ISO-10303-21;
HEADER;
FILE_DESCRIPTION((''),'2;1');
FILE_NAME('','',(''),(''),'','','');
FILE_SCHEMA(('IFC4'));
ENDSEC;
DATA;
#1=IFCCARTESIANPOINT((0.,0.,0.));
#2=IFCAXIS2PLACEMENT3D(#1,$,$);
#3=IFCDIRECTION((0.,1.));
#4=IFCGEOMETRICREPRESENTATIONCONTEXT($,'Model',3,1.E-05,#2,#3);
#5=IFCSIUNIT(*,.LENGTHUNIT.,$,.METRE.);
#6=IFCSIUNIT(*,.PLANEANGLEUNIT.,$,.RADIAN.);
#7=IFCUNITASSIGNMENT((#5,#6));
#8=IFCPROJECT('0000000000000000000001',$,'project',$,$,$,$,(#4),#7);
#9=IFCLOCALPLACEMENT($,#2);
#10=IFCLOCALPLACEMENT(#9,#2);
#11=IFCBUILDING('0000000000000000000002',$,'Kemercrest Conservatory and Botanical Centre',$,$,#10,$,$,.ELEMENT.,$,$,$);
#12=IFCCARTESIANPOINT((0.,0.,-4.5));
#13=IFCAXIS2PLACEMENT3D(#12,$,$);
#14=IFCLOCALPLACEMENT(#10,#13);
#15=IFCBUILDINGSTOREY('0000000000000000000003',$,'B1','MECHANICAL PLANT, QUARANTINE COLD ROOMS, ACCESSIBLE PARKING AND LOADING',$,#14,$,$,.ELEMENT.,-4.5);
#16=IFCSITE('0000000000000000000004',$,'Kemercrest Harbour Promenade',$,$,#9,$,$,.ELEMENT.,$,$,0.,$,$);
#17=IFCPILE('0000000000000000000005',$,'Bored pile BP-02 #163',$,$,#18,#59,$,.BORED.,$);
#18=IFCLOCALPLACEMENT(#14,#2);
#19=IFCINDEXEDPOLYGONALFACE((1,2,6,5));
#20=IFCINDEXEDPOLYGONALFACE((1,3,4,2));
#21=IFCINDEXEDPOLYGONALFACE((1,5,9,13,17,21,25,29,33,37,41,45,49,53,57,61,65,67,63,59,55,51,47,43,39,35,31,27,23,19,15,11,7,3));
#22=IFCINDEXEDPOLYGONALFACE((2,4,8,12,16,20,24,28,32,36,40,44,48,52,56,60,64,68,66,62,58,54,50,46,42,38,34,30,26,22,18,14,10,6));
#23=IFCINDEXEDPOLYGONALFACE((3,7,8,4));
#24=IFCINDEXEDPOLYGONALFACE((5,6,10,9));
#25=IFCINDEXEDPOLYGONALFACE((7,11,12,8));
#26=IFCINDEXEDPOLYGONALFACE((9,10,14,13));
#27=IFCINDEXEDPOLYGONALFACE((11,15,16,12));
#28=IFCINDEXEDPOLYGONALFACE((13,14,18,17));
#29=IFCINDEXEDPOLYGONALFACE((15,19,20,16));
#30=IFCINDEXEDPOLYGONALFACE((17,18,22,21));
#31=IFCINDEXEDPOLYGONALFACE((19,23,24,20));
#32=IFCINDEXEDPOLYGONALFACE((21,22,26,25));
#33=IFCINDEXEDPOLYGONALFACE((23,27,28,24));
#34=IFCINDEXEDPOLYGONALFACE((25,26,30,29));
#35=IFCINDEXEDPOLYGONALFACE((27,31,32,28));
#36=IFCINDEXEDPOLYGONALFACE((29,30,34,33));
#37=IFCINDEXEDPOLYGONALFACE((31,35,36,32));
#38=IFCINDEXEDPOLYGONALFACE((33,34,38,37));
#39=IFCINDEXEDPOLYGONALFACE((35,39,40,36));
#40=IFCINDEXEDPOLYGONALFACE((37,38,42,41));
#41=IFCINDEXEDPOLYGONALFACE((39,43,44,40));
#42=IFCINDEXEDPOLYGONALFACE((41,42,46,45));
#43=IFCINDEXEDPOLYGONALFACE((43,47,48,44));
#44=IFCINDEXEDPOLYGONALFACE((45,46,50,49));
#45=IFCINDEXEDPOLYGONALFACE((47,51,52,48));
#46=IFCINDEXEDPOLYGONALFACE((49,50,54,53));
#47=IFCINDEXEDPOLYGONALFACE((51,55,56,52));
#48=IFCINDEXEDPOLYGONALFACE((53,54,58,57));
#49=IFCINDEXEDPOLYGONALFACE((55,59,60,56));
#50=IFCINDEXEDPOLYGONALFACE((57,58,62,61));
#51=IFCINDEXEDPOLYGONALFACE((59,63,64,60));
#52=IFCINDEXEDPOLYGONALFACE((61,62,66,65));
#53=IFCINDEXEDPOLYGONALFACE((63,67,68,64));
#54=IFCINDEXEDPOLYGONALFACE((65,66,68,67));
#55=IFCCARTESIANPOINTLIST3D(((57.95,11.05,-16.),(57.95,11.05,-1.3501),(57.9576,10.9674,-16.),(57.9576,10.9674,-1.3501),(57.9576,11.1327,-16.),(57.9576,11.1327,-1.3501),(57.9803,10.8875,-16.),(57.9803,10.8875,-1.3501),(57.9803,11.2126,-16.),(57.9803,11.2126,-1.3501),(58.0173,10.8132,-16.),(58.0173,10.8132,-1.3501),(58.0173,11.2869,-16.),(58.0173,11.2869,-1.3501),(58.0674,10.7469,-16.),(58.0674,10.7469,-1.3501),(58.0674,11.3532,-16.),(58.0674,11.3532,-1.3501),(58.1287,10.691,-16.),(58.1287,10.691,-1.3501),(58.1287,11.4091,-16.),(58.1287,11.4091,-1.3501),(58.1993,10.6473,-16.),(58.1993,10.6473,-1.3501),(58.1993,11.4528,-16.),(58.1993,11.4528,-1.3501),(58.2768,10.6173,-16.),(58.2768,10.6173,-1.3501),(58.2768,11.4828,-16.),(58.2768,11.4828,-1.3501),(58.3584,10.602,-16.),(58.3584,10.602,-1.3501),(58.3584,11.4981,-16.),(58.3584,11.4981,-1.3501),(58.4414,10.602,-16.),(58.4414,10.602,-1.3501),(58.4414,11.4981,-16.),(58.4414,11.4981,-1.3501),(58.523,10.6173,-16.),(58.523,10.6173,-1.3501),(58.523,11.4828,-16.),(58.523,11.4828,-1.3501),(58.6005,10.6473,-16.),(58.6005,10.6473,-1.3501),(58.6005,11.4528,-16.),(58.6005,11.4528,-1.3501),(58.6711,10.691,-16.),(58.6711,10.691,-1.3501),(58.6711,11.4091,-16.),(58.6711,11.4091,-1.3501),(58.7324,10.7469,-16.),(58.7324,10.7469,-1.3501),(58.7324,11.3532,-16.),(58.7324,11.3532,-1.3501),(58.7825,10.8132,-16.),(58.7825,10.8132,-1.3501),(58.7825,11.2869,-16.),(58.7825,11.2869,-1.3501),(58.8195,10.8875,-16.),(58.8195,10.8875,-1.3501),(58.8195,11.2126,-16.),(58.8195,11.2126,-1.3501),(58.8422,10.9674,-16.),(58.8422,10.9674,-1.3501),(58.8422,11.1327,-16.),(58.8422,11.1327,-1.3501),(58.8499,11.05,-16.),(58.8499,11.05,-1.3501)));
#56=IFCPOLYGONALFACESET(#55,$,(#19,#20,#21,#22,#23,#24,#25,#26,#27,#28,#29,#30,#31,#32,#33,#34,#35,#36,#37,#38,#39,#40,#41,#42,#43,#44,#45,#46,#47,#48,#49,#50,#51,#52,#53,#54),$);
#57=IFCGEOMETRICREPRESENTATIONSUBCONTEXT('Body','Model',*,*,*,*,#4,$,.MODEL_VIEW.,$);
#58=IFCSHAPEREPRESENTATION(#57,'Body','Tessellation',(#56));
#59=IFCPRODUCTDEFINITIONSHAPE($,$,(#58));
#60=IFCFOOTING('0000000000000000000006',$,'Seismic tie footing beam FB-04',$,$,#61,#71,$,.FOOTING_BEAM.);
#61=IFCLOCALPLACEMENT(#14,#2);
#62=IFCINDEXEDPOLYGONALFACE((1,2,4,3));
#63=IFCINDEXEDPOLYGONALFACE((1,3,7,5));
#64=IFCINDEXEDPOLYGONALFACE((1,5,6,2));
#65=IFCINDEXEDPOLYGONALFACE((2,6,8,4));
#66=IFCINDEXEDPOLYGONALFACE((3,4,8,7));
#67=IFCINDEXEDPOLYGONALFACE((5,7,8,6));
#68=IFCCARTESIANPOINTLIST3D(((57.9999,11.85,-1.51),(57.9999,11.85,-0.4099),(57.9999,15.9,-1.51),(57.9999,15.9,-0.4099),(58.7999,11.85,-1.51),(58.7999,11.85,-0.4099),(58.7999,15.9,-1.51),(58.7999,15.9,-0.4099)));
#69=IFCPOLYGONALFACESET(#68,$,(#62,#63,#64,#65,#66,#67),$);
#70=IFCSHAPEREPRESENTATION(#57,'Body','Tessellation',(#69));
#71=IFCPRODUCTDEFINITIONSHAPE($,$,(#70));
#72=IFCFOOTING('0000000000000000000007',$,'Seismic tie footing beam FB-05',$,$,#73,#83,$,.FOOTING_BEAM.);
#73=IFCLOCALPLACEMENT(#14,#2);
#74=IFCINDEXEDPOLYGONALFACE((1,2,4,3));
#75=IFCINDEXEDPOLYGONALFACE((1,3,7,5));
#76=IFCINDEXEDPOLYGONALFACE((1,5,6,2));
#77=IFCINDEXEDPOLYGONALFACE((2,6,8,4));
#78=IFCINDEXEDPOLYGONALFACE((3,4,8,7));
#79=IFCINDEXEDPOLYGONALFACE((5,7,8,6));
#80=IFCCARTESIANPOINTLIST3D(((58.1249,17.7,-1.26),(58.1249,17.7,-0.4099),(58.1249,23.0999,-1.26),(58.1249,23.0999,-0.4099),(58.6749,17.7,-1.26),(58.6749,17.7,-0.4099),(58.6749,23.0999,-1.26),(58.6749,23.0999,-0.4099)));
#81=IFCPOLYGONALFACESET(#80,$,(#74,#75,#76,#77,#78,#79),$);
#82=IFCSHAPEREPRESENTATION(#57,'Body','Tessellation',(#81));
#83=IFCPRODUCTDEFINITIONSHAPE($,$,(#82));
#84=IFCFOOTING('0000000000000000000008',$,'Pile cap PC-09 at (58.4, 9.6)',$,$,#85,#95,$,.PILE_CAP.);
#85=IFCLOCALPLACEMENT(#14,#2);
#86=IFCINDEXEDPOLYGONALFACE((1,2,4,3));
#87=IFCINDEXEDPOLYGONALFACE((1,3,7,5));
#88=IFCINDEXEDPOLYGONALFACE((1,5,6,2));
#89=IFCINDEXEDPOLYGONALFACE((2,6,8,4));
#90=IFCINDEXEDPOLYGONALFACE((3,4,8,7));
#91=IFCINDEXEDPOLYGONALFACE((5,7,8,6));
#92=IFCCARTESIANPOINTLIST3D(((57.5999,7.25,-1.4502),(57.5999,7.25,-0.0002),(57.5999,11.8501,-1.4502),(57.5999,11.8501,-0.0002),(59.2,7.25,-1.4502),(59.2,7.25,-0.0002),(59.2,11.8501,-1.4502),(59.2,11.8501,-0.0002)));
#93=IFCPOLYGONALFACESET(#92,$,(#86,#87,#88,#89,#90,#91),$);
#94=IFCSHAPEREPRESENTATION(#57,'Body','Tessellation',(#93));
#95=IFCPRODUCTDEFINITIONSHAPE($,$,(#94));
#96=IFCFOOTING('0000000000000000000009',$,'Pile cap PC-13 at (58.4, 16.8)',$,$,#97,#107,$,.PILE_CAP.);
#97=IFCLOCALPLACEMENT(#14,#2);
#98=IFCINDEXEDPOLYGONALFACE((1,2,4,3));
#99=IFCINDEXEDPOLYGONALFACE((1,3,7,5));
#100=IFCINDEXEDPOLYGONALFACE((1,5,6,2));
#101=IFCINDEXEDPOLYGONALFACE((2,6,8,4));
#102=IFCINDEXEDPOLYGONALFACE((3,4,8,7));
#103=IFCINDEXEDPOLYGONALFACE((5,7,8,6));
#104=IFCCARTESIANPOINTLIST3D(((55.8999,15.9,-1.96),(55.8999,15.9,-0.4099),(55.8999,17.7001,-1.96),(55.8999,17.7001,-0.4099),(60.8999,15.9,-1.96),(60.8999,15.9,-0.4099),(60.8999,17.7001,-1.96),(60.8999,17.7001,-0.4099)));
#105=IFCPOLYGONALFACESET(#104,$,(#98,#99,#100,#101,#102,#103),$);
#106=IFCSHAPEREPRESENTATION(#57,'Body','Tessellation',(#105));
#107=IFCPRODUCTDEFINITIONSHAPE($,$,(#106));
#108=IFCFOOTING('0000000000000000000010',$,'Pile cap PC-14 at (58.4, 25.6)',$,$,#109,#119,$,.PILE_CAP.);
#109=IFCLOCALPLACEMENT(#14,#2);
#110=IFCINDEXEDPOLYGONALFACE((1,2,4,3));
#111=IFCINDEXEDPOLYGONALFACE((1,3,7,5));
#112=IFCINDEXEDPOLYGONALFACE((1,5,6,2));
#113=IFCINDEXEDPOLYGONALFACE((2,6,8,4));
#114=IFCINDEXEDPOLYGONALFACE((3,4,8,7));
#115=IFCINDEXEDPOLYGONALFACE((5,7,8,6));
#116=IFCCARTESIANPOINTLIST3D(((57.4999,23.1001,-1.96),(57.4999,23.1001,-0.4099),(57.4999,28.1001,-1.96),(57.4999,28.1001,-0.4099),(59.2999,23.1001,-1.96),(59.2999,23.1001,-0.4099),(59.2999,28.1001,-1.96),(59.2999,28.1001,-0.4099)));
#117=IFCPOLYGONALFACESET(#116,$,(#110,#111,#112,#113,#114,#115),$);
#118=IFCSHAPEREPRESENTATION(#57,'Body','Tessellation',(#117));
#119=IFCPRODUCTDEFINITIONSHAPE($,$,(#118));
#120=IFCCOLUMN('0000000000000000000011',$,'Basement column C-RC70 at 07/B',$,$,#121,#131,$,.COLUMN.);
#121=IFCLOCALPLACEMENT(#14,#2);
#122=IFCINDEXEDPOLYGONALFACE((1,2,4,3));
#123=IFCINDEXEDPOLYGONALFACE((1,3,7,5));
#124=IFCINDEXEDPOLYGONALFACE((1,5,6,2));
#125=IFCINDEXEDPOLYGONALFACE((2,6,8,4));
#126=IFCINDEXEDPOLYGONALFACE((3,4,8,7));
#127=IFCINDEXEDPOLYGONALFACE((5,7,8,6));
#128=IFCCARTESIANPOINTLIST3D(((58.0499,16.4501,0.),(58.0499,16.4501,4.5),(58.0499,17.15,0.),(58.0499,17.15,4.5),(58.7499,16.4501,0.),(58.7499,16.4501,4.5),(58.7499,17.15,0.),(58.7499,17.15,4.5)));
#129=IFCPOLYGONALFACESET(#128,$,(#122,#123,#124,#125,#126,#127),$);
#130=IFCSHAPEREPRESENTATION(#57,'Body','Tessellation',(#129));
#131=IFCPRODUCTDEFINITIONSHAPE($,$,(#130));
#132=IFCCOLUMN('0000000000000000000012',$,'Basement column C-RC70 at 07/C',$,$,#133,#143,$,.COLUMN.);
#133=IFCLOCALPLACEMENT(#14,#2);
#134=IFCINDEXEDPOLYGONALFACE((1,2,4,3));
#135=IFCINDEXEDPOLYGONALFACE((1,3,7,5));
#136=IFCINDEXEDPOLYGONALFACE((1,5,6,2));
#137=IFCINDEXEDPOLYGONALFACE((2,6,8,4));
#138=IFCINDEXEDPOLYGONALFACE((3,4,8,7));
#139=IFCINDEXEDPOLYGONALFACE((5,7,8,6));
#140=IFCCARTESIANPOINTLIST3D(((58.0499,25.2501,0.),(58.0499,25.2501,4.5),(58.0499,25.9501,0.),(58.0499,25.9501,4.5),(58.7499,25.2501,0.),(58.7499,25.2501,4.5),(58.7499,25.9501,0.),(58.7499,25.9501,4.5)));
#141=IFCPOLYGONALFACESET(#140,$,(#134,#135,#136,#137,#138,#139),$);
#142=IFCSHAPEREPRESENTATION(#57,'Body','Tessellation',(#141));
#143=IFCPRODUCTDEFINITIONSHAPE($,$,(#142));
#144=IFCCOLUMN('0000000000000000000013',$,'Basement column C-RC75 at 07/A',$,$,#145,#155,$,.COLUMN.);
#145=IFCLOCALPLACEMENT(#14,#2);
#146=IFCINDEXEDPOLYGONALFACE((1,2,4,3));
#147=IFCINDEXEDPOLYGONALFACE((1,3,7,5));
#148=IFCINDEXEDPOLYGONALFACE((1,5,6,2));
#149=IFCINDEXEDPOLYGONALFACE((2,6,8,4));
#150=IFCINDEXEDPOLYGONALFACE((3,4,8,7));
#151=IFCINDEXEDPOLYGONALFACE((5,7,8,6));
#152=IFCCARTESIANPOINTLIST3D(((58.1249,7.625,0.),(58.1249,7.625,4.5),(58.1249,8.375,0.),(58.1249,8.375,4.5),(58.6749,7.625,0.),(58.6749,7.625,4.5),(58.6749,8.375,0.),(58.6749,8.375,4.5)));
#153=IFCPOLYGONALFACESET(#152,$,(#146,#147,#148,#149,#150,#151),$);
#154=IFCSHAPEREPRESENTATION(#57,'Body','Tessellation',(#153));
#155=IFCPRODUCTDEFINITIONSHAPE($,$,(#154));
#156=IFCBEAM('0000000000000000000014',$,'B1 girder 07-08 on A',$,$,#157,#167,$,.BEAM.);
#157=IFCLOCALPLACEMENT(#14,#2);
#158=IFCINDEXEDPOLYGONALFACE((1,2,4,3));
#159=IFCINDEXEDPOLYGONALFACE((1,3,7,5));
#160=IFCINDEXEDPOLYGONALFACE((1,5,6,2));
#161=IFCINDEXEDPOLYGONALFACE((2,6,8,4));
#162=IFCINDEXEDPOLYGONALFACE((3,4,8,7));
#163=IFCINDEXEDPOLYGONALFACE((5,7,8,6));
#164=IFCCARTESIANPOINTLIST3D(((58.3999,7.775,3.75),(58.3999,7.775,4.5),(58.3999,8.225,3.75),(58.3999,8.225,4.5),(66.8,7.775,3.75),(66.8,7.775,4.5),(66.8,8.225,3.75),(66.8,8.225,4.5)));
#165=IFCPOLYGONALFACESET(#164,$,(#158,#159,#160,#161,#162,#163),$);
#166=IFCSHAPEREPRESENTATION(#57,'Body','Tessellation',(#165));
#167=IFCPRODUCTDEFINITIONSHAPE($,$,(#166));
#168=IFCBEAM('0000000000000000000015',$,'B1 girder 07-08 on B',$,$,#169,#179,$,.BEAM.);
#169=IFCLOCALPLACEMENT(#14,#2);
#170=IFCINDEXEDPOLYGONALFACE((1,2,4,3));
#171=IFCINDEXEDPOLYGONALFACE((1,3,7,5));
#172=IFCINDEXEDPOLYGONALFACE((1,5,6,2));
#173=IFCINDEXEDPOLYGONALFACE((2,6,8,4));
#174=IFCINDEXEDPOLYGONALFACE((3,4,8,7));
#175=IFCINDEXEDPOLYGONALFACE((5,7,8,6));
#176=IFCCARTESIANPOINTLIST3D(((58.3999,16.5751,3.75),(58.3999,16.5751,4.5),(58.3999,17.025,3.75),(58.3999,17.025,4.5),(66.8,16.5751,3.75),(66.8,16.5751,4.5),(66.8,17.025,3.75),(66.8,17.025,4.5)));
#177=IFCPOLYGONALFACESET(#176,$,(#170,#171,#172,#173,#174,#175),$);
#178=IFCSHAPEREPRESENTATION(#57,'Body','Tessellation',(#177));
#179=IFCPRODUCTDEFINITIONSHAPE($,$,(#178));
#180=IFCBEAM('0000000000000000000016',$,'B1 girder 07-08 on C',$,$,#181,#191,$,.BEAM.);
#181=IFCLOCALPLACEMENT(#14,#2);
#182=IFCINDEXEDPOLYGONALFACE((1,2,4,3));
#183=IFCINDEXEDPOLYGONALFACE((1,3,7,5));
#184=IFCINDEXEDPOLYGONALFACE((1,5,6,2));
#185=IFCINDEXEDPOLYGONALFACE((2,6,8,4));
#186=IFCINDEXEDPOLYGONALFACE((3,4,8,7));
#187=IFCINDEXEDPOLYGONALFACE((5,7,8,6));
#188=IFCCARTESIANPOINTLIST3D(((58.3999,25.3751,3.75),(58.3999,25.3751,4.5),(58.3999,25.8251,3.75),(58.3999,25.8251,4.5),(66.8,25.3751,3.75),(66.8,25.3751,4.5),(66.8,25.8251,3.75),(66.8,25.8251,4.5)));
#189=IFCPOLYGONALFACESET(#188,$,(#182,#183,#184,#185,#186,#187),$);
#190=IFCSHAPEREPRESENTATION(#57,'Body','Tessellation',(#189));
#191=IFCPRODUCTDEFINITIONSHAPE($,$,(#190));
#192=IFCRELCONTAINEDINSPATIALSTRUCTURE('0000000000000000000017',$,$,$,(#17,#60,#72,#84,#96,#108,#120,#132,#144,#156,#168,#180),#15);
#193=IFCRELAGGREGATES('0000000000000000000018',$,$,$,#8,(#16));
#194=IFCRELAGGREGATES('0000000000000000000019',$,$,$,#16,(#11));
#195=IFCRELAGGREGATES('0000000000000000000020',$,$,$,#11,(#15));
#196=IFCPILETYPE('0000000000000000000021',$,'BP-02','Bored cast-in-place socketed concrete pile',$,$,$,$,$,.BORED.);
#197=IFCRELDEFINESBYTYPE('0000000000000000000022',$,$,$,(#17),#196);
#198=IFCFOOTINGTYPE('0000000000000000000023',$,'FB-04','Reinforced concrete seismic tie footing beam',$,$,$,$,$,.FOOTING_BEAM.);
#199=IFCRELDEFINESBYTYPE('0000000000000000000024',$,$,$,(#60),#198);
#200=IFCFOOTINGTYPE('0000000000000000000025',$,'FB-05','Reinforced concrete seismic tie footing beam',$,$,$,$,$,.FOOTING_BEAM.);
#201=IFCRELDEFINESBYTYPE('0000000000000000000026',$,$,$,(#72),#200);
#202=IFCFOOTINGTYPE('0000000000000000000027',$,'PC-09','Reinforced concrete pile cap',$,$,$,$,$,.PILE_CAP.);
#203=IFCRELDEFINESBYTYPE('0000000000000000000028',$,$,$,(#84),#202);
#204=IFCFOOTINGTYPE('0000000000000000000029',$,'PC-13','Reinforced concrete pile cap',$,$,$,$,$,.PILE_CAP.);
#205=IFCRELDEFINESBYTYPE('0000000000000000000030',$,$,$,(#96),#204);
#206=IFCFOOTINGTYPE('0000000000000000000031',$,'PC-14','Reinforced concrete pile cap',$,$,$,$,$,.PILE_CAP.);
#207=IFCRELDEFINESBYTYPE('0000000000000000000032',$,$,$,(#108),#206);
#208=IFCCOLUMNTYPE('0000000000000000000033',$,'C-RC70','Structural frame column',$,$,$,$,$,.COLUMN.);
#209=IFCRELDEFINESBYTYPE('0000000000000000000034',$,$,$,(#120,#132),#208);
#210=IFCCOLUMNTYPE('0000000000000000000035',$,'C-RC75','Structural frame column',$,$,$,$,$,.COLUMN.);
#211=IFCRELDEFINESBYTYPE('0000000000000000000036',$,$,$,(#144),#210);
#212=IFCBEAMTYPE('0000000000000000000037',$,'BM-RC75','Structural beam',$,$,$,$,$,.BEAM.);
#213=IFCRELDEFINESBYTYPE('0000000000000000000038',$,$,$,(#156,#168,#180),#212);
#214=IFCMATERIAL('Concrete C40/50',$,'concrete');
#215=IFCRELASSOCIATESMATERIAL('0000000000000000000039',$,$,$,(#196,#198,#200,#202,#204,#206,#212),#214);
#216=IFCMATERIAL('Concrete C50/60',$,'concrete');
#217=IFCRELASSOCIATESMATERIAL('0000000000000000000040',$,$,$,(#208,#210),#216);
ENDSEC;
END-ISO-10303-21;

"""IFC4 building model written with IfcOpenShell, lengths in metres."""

from ifc_helpers import new_model, si_unit, direction, frame, origin, origin_2d, place, context, subcontext, project, spatial, rectangle, circle, extrude, material, material_profile, profile_set, type_object, element, save


model = new_model("IFC4")

# Units and contexts
model_context = context("Model", 3, precision=1e-05, world=origin(), true_north=direction((0.0, 1.0)))
body_context = subcontext(model_context, "Body", "Model", "MODEL_VIEW")
ifc_project = project(units=[si_unit("LENGTHUNIT", "METRE"), si_unit("PLANEANGLEUNIT", "RADIAN")], contexts=[model_context])

# Site, building, storey
site_placement = place(None, origin())
site = spatial("IfcSite", under=ifc_project, at=site_placement, Name="Kemercrest Harbour Promenade", CompositionType="ELEMENT", RefElevation=0.0)
building_placement = place(site_placement, origin())
building = spatial("IfcBuilding", under=site, at=building_placement, Name="Kemercrest Conservatory and Botanical Centre", CompositionType="ELEMENT")
storey_placement = place(building_placement, frame((0.0, 0.0, -4.5)))
storey = spatial("IfcBuildingStorey", under=building, at=storey_placement, Name="B1", Description="MECHANICAL PLANT, QUARANTINE COLD ROOMS, ACCESSIBLE PARKING AND LOADING", CompositionType="ELEMENT", Elevation=-4.5)

# Pile
ifc_material_1 = material(Name="Concrete C40/50", Category="concrete")
ifc_material_profile_1 = material_profile(ifc_material_1, circle(Radius=0.45, at=origin_2d()), Name="BORED PILE 900")
ifc_profile_set_1 = profile_set([ifc_material_profile_1], Name="Concrete C40/50")
pile_type_1 = type_object("IfcPileType", Name="BP-02", Description="Bored cast-in-place socketed concrete pile", PredefinedType="BORED", material=ifc_profile_set_1)
for number, where, z_axis, x_axis, name in (
    (1, (58.3999, 11.05, -1.3501), (0.0, 0.0, -1.0), (1.0, 0.0, 0.0), "Bored pile BP-02 #163"),
):
    element("IfcPile", number, at=place(storey_placement, frame(where, z_axis=z_axis, x_axis=x_axis)), inside=storey, type_object=pile_type_1, Name=name, PredefinedType="BORED", context=body_context, shape_type="SweptSolid", body=[
        extrude(circle(Radius=0.45, at=origin_2d()), origin(), (0.0, 0.0, 1.0), 14.6499),
    ])

# Footings
footing_type_1 = type_object("IfcFootingType", Name="FB-04", Description="Reinforced concrete seismic tie footing beam", PredefinedType="FOOTING_BEAM", material=ifc_material_1)
footing_1_placement = place(storey_placement, frame((58.3999, 13.875, -1.51), z_axis=(0.0, 0.0, 1.0), x_axis=(1.0, 0.0, 0.0)))
element("IfcFooting", 2, at=footing_1_placement, inside=storey, type_object=footing_type_1, Name="Seismic tie footing beam FB-04", PredefinedType="FOOTING_BEAM", context=body_context, shape_type="SweptSolid", body=[
    extrude(rectangle(XDim=0.8, YDim=4.05, at=origin_2d()), origin(), (0.0, 0.0, 1.0), 1.1001),
])
footing_type_2 = type_object("IfcFootingType", Name="FB-05", Description="Reinforced concrete seismic tie footing beam", PredefinedType="FOOTING_BEAM", material=ifc_material_1)
footing_2_placement = place(storey_placement, frame((58.3999, 20.3999, -1.26), z_axis=(0.0, 0.0, 1.0), x_axis=(1.0, 0.0, 0.0)))
element("IfcFooting", 3, at=footing_2_placement, inside=storey, type_object=footing_type_2, Name="Seismic tie footing beam FB-05", PredefinedType="FOOTING_BEAM", context=body_context, shape_type="SweptSolid", body=[
    extrude(rectangle(XDim=0.55, YDim=5.3999, at=origin_2d()), origin(), (0.0, 0.0, 1.0), 0.8501),
])
footing_type_3 = type_object("IfcFootingType", Name="PC-09", Description="Reinforced concrete pile cap", PredefinedType="PILE_CAP", material=ifc_material_1)
footing_3_placement = place(storey_placement, frame((58.3999, 9.55, -1.4502), z_axis=(0.0, 0.0, 1.0), x_axis=(1.0, 0.0, 0.0)))
element("IfcFooting", 4, at=footing_3_placement, inside=storey, type_object=footing_type_3, Name="Pile cap PC-09 at (58.4, 9.6)", PredefinedType="PILE_CAP", context=body_context, shape_type="SweptSolid", body=[
    extrude(rectangle(XDim=1.6001, YDim=4.6001, at=origin_2d()), origin(), (0.0, 0.0, 1.0), 1.45),
])
footing_type_4 = type_object("IfcFootingType", Name="PC-13", Description="Reinforced concrete pile cap", PredefinedType="PILE_CAP", material=ifc_material_1)
footing_4_placement = place(storey_placement, frame((58.3999, 16.8, -1.96), z_axis=(0.0, 0.0, 1.0), x_axis=(1.0, 0.0, 0.0)))
element("IfcFooting", 5, at=footing_4_placement, inside=storey, type_object=footing_type_4, Name="Pile cap PC-13 at (58.4, 16.8)", PredefinedType="PILE_CAP", context=body_context, shape_type="SweptSolid", body=[
    extrude(rectangle(XDim=5.0, YDim=1.8, at=origin_2d()), origin(), (0.0, 0.0, 1.0), 1.55),
])
footing_type_5 = type_object("IfcFootingType", Name="PC-14", Description="Reinforced concrete pile cap", PredefinedType="PILE_CAP", material=ifc_material_1)
footing_5_placement = place(storey_placement, frame((58.3999, 25.6001, -1.96), z_axis=(0.0, 0.0, 1.0), x_axis=(1.0, 0.0, 0.0)))
element("IfcFooting", 6, at=footing_5_placement, inside=storey, type_object=footing_type_5, Name="Pile cap PC-14 at (58.4, 25.6)", PredefinedType="PILE_CAP", context=body_context, shape_type="SweptSolid", body=[
    extrude(rectangle(XDim=1.8, YDim=5.0, at=origin_2d()), origin(), (0.0, 0.0, 1.0), 1.55),
])

# Columns
ifc_material_2 = material(Name="Concrete C50/60", Category="concrete")
ifc_material_profile_2 = material_profile(ifc_material_2, rectangle(XDim=0.7, YDim=0.7, at=origin_2d()), Name="RC 700x700")
ifc_profile_set_2 = profile_set([ifc_material_profile_2], Name="Concrete C50/60")
column_type_1 = type_object("IfcColumnType", Name="C-RC70", Description="Structural frame column", PredefinedType="COLUMN", material=ifc_profile_set_2)
for number, where, z_axis, x_axis, name in (
    (7, (58.3999, 16.8, 0.0), (0.0, 0.0, 1.0), (1.0, 0.0, 0.0), "Basement column C-RC70 at 07/B"),
    (8, (58.3999, 25.6001, 0.0), (0.0, 0.0, 1.0), (1.0, 0.0, 0.0), "Basement column C-RC70 at 07/C"),
):
    element("IfcColumn", number, at=place(storey_placement, frame(where, z_axis=z_axis, x_axis=x_axis)), inside=storey, type_object=column_type_1, Name=name, PredefinedType="COLUMN", context=body_context, shape_type="SweptSolid", body=[
        extrude(rectangle(XDim=0.7, YDim=0.7, at=origin_2d()), origin(), (0.0, 0.0, 1.0), 4.5),
    ])
ifc_material_profile_3 = material_profile(ifc_material_2, rectangle(XDim=0.55, YDim=0.75, at=origin_2d()), Name="RC 750x550")
ifc_profile_set_3 = profile_set([ifc_material_profile_3], Name="Concrete C50/60")
column_type_2 = type_object("IfcColumnType", Name="C-RC75", Description="Structural frame column", PredefinedType="COLUMN", material=ifc_profile_set_3)
column_placement = place(storey_placement, frame((58.3999, 8.0, 0.0), z_axis=(0.0, 0.0, 1.0), x_axis=(1.0, 0.0, 0.0)))
element("IfcColumn", 9, at=column_placement, inside=storey, type_object=column_type_2, Name="Basement column C-RC75 at 07/A", PredefinedType="COLUMN", context=body_context, shape_type="SweptSolid", body=[
    extrude(rectangle(XDim=0.55, YDim=0.75, at=origin_2d()), origin(), (0.0, 0.0, 1.0), 4.5),
])

# Beams
ifc_material_profile_4 = material_profile(ifc_material_1, rectangle(XDim=0.45, YDim=0.75, at=origin_2d()), Name="RC 450x750")
ifc_profile_set_4 = profile_set([ifc_material_profile_4], Name="Concrete C40/50")
beam_type = type_object("IfcBeamType", Name="BM-RC75", Description="Structural beam", PredefinedType="BEAM", material=ifc_profile_set_4)
for number, where, z_axis, x_axis, name in (
    (10, (58.3999, 8.0, 4.125), (1.0, 0.0, 0.0), (0.0, 1.0, 0.0), "B1 girder 07-08 on A"),
    (11, (58.3999, 16.8, 4.125), (1.0, 0.0, 0.0), (0.0, 1.0, 0.0), "B1 girder 07-08 on B"),
    (12, (58.3999, 25.6001, 4.125), (1.0, 0.0, 0.0), (0.0, 1.0, 0.0), "B1 girder 07-08 on C"),
):
    element("IfcBeam", number, at=place(storey_placement, frame(where, z_axis=z_axis, x_axis=x_axis)), inside=storey, type_object=beam_type, Name=name, PredefinedType="BEAM", context=body_context, shape_type="SweptSolid", body=[
        extrude(rectangle(XDim=0.45, YDim=0.75, at=origin_2d()), origin(), (0.0, 0.0, 1.0), 8.4001),
    ])

save(model, "model.ifc")
